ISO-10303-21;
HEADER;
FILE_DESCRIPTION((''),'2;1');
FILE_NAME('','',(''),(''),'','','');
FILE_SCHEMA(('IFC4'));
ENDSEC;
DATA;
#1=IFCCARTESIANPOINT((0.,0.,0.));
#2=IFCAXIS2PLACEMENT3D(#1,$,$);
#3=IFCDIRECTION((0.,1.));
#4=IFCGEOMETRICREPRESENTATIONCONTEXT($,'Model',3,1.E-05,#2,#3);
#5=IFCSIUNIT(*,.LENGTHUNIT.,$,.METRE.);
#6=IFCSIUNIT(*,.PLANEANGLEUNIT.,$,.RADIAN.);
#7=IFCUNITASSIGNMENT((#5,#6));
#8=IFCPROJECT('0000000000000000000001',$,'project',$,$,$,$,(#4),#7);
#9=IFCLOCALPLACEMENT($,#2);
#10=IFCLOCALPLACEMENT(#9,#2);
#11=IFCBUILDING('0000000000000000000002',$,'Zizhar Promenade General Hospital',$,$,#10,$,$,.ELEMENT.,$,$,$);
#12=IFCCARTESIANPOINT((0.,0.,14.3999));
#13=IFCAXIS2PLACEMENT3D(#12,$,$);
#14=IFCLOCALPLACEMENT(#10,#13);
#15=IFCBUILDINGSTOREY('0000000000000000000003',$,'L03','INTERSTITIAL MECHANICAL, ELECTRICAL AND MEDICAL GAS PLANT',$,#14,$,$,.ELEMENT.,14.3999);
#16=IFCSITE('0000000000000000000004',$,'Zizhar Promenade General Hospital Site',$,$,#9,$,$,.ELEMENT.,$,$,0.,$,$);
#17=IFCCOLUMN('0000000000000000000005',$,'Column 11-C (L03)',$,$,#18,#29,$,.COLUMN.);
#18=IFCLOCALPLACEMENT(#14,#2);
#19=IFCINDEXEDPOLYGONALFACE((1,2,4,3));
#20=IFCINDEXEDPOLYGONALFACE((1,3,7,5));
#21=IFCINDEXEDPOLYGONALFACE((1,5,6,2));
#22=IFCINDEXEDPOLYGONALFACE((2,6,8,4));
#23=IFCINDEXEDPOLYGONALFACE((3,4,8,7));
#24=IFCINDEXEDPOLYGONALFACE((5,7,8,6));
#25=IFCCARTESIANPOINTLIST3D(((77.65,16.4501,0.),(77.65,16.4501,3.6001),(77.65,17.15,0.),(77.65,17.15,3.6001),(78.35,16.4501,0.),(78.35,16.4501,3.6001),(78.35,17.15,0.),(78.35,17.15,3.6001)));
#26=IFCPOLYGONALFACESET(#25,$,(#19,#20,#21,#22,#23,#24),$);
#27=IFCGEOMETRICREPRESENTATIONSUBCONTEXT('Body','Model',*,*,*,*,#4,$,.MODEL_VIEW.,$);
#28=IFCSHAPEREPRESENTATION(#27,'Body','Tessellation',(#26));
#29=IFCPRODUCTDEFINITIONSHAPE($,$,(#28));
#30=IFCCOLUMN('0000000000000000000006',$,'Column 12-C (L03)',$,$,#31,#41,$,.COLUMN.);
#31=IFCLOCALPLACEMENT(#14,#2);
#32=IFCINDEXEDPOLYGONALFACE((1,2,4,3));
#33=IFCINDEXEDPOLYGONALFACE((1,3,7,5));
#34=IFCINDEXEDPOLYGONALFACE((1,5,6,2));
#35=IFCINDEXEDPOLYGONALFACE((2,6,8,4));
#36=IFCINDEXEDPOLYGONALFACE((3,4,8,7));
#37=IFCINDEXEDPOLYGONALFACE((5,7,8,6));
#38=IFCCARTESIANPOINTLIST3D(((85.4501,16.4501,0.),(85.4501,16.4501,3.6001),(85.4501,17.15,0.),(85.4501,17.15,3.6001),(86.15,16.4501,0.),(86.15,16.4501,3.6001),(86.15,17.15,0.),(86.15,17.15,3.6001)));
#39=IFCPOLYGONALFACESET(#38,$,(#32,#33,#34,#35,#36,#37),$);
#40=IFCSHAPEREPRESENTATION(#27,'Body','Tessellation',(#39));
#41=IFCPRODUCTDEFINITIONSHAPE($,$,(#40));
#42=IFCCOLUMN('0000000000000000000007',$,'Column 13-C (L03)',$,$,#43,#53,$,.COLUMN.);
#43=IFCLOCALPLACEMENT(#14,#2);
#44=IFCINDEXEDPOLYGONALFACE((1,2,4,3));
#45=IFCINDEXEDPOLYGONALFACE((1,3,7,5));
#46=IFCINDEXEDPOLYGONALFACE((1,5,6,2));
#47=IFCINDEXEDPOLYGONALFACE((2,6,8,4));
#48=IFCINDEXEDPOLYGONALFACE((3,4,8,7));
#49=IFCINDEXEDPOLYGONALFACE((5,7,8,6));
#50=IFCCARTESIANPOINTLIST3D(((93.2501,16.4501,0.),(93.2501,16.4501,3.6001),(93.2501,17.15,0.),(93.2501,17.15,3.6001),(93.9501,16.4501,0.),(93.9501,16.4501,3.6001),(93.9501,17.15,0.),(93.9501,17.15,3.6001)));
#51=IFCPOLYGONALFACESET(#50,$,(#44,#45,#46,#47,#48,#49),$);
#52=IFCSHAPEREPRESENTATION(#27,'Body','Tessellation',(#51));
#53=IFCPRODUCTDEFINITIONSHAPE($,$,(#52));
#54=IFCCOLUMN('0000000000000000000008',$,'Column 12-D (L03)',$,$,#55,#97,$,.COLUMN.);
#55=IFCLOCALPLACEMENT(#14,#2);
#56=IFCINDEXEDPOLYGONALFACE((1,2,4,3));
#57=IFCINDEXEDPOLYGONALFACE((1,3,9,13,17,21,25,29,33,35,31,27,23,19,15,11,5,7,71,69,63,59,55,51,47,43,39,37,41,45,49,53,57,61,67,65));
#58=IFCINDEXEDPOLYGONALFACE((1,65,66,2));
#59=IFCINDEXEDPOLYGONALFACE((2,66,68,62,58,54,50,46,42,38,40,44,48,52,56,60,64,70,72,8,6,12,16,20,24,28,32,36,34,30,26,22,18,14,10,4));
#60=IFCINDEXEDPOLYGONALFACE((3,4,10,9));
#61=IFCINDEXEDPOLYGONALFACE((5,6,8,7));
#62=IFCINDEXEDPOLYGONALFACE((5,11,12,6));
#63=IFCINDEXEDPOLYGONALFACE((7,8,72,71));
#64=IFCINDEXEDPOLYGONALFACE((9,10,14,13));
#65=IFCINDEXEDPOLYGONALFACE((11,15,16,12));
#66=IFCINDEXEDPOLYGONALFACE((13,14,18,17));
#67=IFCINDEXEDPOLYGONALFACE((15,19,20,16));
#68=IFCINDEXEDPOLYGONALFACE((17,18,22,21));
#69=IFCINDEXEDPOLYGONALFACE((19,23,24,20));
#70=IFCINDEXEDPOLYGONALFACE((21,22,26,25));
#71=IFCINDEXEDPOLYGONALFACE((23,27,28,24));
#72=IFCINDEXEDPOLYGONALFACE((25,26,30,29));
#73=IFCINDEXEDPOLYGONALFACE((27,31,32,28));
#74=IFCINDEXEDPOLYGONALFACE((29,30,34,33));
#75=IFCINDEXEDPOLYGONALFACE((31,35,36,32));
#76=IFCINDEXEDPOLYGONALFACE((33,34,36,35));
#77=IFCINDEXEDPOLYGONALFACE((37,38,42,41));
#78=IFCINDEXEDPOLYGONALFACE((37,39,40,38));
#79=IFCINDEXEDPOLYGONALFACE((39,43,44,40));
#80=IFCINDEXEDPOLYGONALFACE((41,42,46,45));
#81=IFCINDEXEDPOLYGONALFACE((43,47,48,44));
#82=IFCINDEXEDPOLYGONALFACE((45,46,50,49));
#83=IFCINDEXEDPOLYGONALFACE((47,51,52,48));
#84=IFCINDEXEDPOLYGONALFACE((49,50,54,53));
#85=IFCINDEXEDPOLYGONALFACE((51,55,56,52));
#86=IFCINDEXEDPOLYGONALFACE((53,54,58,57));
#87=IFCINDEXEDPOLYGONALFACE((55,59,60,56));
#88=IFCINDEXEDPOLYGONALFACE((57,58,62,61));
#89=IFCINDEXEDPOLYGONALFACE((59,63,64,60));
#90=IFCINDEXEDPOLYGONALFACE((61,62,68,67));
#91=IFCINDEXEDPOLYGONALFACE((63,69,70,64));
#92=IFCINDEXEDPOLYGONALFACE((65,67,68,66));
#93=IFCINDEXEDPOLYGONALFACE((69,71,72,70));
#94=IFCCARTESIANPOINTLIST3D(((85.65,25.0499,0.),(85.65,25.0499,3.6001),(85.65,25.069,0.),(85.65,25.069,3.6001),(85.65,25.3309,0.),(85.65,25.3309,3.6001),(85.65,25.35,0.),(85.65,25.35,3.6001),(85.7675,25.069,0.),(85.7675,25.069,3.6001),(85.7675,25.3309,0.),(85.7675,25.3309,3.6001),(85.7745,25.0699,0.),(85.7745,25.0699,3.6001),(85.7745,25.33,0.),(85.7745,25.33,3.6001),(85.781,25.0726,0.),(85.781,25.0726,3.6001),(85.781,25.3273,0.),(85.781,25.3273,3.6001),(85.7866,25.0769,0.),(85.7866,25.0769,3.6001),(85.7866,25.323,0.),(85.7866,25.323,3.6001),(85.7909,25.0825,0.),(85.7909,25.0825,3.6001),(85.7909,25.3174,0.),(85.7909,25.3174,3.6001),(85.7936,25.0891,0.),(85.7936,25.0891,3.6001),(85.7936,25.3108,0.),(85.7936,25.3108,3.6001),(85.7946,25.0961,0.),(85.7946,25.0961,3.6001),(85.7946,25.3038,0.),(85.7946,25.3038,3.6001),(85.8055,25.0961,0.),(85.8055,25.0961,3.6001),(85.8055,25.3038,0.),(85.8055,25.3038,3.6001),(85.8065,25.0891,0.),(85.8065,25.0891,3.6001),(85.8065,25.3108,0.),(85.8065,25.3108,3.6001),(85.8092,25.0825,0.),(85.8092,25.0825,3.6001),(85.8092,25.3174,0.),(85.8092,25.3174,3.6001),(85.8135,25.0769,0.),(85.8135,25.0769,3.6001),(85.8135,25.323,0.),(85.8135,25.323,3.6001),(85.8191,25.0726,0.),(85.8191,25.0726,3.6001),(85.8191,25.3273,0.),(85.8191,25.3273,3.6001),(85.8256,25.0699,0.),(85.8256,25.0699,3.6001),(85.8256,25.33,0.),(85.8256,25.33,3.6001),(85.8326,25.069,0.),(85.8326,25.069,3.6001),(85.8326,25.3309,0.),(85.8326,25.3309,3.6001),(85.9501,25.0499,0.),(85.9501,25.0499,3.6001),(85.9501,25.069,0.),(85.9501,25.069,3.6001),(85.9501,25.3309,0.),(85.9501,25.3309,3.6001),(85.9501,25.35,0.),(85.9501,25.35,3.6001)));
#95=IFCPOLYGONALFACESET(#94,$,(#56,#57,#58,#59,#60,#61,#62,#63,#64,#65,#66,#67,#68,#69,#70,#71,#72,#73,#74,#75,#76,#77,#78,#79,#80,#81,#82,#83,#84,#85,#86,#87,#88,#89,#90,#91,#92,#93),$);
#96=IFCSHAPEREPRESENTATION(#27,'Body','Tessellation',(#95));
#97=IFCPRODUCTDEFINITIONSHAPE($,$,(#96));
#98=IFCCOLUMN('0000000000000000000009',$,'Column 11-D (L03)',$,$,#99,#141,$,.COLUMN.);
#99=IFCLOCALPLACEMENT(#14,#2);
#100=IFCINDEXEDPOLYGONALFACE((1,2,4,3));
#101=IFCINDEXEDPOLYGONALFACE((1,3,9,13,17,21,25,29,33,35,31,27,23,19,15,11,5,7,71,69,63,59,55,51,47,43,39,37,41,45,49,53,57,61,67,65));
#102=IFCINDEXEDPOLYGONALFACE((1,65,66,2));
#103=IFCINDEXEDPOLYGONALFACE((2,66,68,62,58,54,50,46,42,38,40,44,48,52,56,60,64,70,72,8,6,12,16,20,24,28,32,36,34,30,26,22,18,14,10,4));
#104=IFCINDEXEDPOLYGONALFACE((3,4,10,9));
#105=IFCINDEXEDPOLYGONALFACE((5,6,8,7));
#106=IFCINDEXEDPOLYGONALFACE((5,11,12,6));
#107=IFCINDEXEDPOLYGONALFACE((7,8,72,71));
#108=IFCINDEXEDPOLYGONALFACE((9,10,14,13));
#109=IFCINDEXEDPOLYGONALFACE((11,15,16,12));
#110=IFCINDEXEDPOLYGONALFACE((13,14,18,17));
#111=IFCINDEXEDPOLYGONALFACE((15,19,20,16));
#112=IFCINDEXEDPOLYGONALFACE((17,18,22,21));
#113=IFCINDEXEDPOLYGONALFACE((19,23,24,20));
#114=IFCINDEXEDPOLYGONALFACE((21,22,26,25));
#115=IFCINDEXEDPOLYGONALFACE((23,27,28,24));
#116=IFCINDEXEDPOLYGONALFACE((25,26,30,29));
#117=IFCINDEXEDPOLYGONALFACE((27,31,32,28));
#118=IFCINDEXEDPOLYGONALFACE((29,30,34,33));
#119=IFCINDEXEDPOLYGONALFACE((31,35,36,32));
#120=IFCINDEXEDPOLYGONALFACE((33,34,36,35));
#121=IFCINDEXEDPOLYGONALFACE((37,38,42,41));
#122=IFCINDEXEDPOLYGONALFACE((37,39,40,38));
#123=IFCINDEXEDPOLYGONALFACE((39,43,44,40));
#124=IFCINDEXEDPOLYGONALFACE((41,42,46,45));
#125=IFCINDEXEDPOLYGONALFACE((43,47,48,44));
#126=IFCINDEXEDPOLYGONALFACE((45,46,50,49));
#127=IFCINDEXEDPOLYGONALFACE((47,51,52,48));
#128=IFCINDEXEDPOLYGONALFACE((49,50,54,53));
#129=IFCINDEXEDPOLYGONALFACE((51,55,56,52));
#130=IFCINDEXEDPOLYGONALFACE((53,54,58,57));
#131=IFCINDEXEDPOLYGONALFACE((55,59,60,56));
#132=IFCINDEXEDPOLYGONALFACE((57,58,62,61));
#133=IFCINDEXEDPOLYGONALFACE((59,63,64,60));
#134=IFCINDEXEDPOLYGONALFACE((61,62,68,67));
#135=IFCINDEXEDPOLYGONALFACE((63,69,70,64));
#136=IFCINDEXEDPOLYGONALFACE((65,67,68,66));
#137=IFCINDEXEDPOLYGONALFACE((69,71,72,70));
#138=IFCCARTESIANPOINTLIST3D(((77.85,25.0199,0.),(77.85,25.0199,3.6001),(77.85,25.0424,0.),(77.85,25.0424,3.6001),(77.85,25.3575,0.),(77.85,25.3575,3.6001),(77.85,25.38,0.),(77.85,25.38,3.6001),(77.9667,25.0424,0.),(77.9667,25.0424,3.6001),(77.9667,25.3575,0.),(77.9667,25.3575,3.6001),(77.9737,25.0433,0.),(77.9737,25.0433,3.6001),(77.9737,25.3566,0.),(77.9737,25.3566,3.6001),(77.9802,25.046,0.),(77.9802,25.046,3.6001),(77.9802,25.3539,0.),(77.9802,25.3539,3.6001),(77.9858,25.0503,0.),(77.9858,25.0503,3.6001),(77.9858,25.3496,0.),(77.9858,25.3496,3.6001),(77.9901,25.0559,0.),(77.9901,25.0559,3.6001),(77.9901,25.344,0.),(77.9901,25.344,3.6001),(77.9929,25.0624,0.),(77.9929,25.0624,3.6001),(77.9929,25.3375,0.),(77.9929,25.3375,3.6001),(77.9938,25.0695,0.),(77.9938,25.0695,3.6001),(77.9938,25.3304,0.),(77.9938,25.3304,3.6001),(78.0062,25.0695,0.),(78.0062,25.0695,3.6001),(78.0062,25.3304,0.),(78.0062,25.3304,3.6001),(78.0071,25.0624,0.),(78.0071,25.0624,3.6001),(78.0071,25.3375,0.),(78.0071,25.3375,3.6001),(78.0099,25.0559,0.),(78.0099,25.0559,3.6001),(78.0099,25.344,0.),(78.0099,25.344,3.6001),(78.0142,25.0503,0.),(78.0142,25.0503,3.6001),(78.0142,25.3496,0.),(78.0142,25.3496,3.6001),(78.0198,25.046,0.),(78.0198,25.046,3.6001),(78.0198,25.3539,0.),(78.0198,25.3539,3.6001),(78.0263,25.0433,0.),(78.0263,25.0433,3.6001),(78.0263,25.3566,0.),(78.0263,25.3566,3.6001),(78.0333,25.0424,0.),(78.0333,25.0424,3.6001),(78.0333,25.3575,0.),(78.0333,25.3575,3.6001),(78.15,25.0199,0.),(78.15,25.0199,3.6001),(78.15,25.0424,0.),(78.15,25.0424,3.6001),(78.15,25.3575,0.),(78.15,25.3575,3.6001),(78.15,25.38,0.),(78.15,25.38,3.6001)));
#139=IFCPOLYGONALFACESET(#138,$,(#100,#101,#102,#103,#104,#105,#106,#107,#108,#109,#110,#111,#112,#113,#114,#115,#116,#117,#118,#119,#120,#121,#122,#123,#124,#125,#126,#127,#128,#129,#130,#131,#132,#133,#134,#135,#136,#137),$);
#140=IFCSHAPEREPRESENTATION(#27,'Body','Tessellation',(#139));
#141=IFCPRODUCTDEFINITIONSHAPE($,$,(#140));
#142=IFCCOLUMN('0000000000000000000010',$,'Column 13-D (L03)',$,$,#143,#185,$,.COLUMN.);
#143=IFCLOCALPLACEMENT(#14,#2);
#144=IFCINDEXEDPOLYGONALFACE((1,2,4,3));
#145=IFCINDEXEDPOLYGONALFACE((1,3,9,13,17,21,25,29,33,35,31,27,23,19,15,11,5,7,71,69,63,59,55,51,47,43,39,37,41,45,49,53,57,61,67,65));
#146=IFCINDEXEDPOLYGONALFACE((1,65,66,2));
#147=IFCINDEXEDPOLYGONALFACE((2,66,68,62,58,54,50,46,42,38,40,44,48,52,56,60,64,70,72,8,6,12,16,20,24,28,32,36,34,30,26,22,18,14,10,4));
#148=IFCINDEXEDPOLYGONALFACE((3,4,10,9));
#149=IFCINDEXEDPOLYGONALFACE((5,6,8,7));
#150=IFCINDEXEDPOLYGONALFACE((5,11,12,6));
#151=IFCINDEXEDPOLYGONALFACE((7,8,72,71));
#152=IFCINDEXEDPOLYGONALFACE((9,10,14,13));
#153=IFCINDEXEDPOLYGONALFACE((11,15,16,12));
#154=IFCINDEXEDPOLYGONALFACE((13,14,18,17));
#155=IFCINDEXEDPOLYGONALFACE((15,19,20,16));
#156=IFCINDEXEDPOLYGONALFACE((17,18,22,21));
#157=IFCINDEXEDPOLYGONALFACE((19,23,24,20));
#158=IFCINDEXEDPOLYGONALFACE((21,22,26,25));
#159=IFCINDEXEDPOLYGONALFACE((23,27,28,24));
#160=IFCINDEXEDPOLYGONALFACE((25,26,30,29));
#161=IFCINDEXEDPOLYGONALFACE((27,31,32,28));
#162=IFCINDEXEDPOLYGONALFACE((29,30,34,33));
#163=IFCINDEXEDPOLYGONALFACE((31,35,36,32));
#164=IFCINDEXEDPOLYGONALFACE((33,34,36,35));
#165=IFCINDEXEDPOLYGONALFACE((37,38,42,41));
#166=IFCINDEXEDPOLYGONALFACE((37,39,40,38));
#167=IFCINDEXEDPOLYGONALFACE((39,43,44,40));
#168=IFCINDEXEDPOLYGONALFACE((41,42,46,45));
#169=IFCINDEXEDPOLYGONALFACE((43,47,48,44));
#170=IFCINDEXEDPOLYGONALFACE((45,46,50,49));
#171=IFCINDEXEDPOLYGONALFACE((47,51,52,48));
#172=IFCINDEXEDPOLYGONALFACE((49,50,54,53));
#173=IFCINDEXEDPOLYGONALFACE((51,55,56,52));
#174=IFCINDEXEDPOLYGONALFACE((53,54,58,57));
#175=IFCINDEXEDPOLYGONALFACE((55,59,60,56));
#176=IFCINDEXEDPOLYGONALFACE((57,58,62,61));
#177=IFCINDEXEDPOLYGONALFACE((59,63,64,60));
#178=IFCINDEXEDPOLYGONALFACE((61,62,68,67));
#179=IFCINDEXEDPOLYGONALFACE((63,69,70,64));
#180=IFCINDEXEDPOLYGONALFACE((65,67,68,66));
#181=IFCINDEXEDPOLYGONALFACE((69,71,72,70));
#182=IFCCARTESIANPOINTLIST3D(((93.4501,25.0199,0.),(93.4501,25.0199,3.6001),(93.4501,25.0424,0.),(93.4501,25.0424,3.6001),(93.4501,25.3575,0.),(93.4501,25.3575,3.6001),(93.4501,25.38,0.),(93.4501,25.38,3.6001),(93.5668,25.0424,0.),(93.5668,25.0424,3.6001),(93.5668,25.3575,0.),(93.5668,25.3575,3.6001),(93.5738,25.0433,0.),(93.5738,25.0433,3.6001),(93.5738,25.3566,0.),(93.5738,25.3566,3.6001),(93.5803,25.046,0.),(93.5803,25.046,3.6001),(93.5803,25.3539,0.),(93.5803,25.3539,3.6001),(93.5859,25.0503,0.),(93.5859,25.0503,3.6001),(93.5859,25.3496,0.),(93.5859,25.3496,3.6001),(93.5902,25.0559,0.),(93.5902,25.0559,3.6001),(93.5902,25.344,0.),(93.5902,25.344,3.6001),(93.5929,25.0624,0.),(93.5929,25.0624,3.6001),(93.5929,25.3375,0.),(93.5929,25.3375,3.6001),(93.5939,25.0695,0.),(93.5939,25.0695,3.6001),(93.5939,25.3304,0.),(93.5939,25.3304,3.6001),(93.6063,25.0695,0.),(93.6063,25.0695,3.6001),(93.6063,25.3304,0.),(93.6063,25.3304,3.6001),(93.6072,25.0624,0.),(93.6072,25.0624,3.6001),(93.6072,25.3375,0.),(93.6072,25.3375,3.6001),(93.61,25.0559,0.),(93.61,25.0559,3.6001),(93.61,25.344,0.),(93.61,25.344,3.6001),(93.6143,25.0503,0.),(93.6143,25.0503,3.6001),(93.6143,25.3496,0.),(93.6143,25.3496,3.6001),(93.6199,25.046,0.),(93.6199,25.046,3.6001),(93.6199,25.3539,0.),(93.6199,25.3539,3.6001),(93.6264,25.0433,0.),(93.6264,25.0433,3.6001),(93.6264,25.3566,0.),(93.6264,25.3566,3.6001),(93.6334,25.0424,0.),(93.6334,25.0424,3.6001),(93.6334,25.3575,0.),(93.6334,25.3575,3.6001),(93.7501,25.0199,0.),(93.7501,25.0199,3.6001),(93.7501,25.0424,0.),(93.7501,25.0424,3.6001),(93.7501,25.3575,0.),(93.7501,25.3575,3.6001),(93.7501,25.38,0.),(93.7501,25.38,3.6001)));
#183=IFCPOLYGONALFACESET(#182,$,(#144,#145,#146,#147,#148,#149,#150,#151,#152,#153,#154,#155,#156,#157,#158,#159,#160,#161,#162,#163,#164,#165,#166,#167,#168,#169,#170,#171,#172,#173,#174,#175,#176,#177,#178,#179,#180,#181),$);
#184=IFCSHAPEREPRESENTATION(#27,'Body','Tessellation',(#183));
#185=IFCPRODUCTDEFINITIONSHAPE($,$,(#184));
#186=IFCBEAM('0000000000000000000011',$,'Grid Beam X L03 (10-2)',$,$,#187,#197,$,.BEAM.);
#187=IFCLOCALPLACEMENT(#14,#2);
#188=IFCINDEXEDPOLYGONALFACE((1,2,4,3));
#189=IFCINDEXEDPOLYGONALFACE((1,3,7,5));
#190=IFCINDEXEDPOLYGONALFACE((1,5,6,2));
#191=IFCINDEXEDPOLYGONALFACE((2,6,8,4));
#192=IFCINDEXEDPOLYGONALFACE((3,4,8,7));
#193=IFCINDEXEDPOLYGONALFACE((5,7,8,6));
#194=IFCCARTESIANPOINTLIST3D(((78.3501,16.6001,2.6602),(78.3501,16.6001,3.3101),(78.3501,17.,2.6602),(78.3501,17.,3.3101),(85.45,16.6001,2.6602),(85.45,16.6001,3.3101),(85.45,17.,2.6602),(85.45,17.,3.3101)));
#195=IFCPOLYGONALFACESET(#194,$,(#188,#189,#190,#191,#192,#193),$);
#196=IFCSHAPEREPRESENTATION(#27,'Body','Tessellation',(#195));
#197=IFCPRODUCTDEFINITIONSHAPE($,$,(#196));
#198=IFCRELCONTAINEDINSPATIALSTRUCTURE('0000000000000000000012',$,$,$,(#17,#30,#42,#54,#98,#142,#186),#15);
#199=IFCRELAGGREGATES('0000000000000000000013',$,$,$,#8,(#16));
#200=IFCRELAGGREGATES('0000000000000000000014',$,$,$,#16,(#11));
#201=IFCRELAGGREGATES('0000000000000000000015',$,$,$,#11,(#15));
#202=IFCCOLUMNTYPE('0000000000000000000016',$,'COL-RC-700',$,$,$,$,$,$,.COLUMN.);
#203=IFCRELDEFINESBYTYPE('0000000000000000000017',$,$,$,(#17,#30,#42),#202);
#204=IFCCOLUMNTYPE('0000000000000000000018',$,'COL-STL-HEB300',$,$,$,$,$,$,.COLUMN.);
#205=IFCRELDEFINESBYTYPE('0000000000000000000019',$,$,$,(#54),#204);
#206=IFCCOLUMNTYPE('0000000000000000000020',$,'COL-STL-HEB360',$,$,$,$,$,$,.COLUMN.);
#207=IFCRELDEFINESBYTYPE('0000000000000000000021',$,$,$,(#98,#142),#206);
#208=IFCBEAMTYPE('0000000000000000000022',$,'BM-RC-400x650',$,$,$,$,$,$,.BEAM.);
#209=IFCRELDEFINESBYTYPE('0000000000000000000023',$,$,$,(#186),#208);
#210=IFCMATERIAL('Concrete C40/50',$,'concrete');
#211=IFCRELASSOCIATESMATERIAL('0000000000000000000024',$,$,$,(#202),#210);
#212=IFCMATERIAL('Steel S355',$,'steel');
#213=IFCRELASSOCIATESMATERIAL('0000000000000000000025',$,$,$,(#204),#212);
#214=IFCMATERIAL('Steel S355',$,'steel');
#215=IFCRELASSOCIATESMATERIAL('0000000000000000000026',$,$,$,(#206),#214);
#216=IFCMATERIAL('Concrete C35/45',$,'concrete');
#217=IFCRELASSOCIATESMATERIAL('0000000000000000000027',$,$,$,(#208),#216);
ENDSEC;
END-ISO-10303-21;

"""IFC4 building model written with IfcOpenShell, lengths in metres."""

from ifc_helpers import new_model, si_unit, direction, frame, origin, origin_2d, place, context, subcontext, project, spatial, rectangle, i_section, extrude, material, material_profile, profile_set, type_object, element, save


model = new_model("IFC4")

# Units and contexts
model_context = context("Model", 3, precision=1e-05, world=origin(), true_north=direction((0.0, 1.0)))
body_context = subcontext(model_context, "Body", "Model", "MODEL_VIEW")
ifc_project = project(units=[si_unit("LENGTHUNIT", "METRE"), si_unit("PLANEANGLEUNIT", "RADIAN")], contexts=[model_context])

# Site, building, storey
site_placement = place(None, origin())
site = spatial("IfcSite", under=ifc_project, at=site_placement, Name="Zizhar Promenade General Hospital Site", CompositionType="ELEMENT", RefElevation=0.0)
building_placement = place(site_placement, origin())
building = spatial("IfcBuilding", under=site, at=building_placement, Name="Zizhar Promenade General Hospital", CompositionType="ELEMENT")
storey_placement = place(building_placement, frame((0.0, 0.0, 14.3999)))
storey = spatial("IfcBuildingStorey", under=building, at=storey_placement, Name="L03", Description="INTERSTITIAL MECHANICAL, ELECTRICAL AND MEDICAL GAS PLANT", CompositionType="ELEMENT", Elevation=14.3999)

# Columns
ifc_material_1 = material(Name="Concrete C40/50", Category="concrete")
ifc_material_profile_1 = material_profile(ifc_material_1, rectangle(XDim=0.7, YDim=0.7, at=origin_2d()))
ifc_profile_set_1 = profile_set([ifc_material_profile_1], Name="Concrete C40/50")
column_type_1 = type_object("IfcColumnType", Name="COL-RC-700", PredefinedType="COLUMN", material=ifc_profile_set_1)
for number, where, z_axis, x_axis, name in (
    (1, (78.0, 16.8, 0.0), (0.0, 0.0, 1.0), (1.0, 0.0, 0.0), "Column 11-C (L03)"),
    (2, (85.8, 16.8, 0.0), (0.0, 0.0, 1.0), (1.0, 0.0, 0.0), "Column 12-C (L03)"),
    (3, (93.6001, 16.8, 0.0), (0.0, 0.0, 1.0), (1.0, 0.0, 0.0), "Column 13-C (L03)"),
):
    element("IfcColumn", number, at=place(storey_placement, frame(where, z_axis=z_axis, x_axis=x_axis)), inside=storey, type_object=column_type_1, Name=name, PredefinedType="COLUMN", context=body_context, shape_type="SweptSolid", body=[
        extrude(rectangle(XDim=0.7, YDim=0.7, at=origin_2d()), origin(), (0.0, 0.0, 1.0), 3.6001),
    ])
ifc_material_2 = material(Name="Steel S355", Category="steel")
ifc_material_profile_2 = material_profile(ifc_material_2, i_section(OverallWidth=0.3, OverallDepth=0.3, WebThickness=0.011, FlangeThickness=0.019, FilletRadius=0.0271, at=origin_2d()))
ifc_profile_set_2 = profile_set([ifc_material_profile_2], Name="Steel S355")
column_type_2 = type_object("IfcColumnType", Name="COL-STL-HEB300", PredefinedType="COLUMN", material=ifc_profile_set_2)
column_placement = place(storey_placement, frame((85.8, 25.2, 0.0), z_axis=(0.0, 0.0, 1.0), x_axis=(1.0, 0.0, 0.0)))
element("IfcColumn", 4, at=column_placement, inside=storey, type_object=column_type_2, Name="Column 12-D (L03)", PredefinedType="COLUMN", context=body_context, shape_type="SweptSolid", body=[
    extrude(i_section(OverallWidth=0.3, OverallDepth=0.3, WebThickness=0.011, FlangeThickness=0.019, FilletRadius=0.0271, at=origin_2d()), origin(), (0.0, 0.0, 1.0), 3.6001),
])
ifc_material_3 = material(Name="Steel S355", Category="steel")
ifc_material_profile_3 = material_profile(ifc_material_3, i_section(OverallWidth=0.3, OverallDepth=0.3601, WebThickness=0.0125, FlangeThickness=0.0225, FilletRadius=0.0271, at=origin_2d()))
ifc_profile_set_3 = profile_set([ifc_material_profile_3], Name="Steel S355")
column_type_3 = type_object("IfcColumnType", Name="COL-STL-HEB360", PredefinedType="COLUMN", material=ifc_profile_set_3)
for number, where, z_axis, x_axis, name in (
    (5, (78.0, 25.2, 0.0), (0.0, 0.0, 1.0), (1.0, 0.0, 0.0), "Column 11-D (L03)"),
    (6, (93.6001, 25.2, 0.0), (0.0, 0.0, 1.0), (1.0, 0.0, 0.0), "Column 13-D (L03)"),
):
    element("IfcColumn", number, at=place(storey_placement, frame(where, z_axis=z_axis, x_axis=x_axis)), inside=storey, type_object=column_type_3, Name=name, PredefinedType="COLUMN", context=body_context, shape_type="SweptSolid", body=[
        extrude(i_section(OverallWidth=0.3, OverallDepth=0.3601, WebThickness=0.0125, FlangeThickness=0.0225, FilletRadius=0.0271, at=origin_2d()), origin(), (0.0, 0.0, 1.0), 3.6001),
    ])

# Beam
ifc_material_4 = material(Name="Concrete C35/45", Category="concrete")
ifc_material_profile_4 = material_profile(ifc_material_4, rectangle(XDim=0.3999, YDim=0.6499, at=origin_2d()))
ifc_profile_set_4 = profile_set([ifc_material_profile_4], Name="Concrete C35/45")
beam_type_1 = type_object("IfcBeamType", Name="BM-RC-400x650", PredefinedType="BEAM", material=ifc_profile_set_4)
beam_1_placement = place(storey_placement, frame((78.3501, 16.8, 2.9851), z_axis=(1.0, 0.0, 0.0), x_axis=(0.0, 1.0, 0.0)))
element("IfcBeam", 7, at=beam_1_placement, inside=storey, type_object=beam_type_1, Name="Grid Beam X L03 (10-2)", PredefinedType="BEAM", context=body_context, shape_type="SweptSolid", body=[
    extrude(rectangle(XDim=0.3999, YDim=0.6499, at=origin_2d()), origin(), (0.0, 0.0, 1.0), 7.0999),
])

save(model, "model.ifc")
